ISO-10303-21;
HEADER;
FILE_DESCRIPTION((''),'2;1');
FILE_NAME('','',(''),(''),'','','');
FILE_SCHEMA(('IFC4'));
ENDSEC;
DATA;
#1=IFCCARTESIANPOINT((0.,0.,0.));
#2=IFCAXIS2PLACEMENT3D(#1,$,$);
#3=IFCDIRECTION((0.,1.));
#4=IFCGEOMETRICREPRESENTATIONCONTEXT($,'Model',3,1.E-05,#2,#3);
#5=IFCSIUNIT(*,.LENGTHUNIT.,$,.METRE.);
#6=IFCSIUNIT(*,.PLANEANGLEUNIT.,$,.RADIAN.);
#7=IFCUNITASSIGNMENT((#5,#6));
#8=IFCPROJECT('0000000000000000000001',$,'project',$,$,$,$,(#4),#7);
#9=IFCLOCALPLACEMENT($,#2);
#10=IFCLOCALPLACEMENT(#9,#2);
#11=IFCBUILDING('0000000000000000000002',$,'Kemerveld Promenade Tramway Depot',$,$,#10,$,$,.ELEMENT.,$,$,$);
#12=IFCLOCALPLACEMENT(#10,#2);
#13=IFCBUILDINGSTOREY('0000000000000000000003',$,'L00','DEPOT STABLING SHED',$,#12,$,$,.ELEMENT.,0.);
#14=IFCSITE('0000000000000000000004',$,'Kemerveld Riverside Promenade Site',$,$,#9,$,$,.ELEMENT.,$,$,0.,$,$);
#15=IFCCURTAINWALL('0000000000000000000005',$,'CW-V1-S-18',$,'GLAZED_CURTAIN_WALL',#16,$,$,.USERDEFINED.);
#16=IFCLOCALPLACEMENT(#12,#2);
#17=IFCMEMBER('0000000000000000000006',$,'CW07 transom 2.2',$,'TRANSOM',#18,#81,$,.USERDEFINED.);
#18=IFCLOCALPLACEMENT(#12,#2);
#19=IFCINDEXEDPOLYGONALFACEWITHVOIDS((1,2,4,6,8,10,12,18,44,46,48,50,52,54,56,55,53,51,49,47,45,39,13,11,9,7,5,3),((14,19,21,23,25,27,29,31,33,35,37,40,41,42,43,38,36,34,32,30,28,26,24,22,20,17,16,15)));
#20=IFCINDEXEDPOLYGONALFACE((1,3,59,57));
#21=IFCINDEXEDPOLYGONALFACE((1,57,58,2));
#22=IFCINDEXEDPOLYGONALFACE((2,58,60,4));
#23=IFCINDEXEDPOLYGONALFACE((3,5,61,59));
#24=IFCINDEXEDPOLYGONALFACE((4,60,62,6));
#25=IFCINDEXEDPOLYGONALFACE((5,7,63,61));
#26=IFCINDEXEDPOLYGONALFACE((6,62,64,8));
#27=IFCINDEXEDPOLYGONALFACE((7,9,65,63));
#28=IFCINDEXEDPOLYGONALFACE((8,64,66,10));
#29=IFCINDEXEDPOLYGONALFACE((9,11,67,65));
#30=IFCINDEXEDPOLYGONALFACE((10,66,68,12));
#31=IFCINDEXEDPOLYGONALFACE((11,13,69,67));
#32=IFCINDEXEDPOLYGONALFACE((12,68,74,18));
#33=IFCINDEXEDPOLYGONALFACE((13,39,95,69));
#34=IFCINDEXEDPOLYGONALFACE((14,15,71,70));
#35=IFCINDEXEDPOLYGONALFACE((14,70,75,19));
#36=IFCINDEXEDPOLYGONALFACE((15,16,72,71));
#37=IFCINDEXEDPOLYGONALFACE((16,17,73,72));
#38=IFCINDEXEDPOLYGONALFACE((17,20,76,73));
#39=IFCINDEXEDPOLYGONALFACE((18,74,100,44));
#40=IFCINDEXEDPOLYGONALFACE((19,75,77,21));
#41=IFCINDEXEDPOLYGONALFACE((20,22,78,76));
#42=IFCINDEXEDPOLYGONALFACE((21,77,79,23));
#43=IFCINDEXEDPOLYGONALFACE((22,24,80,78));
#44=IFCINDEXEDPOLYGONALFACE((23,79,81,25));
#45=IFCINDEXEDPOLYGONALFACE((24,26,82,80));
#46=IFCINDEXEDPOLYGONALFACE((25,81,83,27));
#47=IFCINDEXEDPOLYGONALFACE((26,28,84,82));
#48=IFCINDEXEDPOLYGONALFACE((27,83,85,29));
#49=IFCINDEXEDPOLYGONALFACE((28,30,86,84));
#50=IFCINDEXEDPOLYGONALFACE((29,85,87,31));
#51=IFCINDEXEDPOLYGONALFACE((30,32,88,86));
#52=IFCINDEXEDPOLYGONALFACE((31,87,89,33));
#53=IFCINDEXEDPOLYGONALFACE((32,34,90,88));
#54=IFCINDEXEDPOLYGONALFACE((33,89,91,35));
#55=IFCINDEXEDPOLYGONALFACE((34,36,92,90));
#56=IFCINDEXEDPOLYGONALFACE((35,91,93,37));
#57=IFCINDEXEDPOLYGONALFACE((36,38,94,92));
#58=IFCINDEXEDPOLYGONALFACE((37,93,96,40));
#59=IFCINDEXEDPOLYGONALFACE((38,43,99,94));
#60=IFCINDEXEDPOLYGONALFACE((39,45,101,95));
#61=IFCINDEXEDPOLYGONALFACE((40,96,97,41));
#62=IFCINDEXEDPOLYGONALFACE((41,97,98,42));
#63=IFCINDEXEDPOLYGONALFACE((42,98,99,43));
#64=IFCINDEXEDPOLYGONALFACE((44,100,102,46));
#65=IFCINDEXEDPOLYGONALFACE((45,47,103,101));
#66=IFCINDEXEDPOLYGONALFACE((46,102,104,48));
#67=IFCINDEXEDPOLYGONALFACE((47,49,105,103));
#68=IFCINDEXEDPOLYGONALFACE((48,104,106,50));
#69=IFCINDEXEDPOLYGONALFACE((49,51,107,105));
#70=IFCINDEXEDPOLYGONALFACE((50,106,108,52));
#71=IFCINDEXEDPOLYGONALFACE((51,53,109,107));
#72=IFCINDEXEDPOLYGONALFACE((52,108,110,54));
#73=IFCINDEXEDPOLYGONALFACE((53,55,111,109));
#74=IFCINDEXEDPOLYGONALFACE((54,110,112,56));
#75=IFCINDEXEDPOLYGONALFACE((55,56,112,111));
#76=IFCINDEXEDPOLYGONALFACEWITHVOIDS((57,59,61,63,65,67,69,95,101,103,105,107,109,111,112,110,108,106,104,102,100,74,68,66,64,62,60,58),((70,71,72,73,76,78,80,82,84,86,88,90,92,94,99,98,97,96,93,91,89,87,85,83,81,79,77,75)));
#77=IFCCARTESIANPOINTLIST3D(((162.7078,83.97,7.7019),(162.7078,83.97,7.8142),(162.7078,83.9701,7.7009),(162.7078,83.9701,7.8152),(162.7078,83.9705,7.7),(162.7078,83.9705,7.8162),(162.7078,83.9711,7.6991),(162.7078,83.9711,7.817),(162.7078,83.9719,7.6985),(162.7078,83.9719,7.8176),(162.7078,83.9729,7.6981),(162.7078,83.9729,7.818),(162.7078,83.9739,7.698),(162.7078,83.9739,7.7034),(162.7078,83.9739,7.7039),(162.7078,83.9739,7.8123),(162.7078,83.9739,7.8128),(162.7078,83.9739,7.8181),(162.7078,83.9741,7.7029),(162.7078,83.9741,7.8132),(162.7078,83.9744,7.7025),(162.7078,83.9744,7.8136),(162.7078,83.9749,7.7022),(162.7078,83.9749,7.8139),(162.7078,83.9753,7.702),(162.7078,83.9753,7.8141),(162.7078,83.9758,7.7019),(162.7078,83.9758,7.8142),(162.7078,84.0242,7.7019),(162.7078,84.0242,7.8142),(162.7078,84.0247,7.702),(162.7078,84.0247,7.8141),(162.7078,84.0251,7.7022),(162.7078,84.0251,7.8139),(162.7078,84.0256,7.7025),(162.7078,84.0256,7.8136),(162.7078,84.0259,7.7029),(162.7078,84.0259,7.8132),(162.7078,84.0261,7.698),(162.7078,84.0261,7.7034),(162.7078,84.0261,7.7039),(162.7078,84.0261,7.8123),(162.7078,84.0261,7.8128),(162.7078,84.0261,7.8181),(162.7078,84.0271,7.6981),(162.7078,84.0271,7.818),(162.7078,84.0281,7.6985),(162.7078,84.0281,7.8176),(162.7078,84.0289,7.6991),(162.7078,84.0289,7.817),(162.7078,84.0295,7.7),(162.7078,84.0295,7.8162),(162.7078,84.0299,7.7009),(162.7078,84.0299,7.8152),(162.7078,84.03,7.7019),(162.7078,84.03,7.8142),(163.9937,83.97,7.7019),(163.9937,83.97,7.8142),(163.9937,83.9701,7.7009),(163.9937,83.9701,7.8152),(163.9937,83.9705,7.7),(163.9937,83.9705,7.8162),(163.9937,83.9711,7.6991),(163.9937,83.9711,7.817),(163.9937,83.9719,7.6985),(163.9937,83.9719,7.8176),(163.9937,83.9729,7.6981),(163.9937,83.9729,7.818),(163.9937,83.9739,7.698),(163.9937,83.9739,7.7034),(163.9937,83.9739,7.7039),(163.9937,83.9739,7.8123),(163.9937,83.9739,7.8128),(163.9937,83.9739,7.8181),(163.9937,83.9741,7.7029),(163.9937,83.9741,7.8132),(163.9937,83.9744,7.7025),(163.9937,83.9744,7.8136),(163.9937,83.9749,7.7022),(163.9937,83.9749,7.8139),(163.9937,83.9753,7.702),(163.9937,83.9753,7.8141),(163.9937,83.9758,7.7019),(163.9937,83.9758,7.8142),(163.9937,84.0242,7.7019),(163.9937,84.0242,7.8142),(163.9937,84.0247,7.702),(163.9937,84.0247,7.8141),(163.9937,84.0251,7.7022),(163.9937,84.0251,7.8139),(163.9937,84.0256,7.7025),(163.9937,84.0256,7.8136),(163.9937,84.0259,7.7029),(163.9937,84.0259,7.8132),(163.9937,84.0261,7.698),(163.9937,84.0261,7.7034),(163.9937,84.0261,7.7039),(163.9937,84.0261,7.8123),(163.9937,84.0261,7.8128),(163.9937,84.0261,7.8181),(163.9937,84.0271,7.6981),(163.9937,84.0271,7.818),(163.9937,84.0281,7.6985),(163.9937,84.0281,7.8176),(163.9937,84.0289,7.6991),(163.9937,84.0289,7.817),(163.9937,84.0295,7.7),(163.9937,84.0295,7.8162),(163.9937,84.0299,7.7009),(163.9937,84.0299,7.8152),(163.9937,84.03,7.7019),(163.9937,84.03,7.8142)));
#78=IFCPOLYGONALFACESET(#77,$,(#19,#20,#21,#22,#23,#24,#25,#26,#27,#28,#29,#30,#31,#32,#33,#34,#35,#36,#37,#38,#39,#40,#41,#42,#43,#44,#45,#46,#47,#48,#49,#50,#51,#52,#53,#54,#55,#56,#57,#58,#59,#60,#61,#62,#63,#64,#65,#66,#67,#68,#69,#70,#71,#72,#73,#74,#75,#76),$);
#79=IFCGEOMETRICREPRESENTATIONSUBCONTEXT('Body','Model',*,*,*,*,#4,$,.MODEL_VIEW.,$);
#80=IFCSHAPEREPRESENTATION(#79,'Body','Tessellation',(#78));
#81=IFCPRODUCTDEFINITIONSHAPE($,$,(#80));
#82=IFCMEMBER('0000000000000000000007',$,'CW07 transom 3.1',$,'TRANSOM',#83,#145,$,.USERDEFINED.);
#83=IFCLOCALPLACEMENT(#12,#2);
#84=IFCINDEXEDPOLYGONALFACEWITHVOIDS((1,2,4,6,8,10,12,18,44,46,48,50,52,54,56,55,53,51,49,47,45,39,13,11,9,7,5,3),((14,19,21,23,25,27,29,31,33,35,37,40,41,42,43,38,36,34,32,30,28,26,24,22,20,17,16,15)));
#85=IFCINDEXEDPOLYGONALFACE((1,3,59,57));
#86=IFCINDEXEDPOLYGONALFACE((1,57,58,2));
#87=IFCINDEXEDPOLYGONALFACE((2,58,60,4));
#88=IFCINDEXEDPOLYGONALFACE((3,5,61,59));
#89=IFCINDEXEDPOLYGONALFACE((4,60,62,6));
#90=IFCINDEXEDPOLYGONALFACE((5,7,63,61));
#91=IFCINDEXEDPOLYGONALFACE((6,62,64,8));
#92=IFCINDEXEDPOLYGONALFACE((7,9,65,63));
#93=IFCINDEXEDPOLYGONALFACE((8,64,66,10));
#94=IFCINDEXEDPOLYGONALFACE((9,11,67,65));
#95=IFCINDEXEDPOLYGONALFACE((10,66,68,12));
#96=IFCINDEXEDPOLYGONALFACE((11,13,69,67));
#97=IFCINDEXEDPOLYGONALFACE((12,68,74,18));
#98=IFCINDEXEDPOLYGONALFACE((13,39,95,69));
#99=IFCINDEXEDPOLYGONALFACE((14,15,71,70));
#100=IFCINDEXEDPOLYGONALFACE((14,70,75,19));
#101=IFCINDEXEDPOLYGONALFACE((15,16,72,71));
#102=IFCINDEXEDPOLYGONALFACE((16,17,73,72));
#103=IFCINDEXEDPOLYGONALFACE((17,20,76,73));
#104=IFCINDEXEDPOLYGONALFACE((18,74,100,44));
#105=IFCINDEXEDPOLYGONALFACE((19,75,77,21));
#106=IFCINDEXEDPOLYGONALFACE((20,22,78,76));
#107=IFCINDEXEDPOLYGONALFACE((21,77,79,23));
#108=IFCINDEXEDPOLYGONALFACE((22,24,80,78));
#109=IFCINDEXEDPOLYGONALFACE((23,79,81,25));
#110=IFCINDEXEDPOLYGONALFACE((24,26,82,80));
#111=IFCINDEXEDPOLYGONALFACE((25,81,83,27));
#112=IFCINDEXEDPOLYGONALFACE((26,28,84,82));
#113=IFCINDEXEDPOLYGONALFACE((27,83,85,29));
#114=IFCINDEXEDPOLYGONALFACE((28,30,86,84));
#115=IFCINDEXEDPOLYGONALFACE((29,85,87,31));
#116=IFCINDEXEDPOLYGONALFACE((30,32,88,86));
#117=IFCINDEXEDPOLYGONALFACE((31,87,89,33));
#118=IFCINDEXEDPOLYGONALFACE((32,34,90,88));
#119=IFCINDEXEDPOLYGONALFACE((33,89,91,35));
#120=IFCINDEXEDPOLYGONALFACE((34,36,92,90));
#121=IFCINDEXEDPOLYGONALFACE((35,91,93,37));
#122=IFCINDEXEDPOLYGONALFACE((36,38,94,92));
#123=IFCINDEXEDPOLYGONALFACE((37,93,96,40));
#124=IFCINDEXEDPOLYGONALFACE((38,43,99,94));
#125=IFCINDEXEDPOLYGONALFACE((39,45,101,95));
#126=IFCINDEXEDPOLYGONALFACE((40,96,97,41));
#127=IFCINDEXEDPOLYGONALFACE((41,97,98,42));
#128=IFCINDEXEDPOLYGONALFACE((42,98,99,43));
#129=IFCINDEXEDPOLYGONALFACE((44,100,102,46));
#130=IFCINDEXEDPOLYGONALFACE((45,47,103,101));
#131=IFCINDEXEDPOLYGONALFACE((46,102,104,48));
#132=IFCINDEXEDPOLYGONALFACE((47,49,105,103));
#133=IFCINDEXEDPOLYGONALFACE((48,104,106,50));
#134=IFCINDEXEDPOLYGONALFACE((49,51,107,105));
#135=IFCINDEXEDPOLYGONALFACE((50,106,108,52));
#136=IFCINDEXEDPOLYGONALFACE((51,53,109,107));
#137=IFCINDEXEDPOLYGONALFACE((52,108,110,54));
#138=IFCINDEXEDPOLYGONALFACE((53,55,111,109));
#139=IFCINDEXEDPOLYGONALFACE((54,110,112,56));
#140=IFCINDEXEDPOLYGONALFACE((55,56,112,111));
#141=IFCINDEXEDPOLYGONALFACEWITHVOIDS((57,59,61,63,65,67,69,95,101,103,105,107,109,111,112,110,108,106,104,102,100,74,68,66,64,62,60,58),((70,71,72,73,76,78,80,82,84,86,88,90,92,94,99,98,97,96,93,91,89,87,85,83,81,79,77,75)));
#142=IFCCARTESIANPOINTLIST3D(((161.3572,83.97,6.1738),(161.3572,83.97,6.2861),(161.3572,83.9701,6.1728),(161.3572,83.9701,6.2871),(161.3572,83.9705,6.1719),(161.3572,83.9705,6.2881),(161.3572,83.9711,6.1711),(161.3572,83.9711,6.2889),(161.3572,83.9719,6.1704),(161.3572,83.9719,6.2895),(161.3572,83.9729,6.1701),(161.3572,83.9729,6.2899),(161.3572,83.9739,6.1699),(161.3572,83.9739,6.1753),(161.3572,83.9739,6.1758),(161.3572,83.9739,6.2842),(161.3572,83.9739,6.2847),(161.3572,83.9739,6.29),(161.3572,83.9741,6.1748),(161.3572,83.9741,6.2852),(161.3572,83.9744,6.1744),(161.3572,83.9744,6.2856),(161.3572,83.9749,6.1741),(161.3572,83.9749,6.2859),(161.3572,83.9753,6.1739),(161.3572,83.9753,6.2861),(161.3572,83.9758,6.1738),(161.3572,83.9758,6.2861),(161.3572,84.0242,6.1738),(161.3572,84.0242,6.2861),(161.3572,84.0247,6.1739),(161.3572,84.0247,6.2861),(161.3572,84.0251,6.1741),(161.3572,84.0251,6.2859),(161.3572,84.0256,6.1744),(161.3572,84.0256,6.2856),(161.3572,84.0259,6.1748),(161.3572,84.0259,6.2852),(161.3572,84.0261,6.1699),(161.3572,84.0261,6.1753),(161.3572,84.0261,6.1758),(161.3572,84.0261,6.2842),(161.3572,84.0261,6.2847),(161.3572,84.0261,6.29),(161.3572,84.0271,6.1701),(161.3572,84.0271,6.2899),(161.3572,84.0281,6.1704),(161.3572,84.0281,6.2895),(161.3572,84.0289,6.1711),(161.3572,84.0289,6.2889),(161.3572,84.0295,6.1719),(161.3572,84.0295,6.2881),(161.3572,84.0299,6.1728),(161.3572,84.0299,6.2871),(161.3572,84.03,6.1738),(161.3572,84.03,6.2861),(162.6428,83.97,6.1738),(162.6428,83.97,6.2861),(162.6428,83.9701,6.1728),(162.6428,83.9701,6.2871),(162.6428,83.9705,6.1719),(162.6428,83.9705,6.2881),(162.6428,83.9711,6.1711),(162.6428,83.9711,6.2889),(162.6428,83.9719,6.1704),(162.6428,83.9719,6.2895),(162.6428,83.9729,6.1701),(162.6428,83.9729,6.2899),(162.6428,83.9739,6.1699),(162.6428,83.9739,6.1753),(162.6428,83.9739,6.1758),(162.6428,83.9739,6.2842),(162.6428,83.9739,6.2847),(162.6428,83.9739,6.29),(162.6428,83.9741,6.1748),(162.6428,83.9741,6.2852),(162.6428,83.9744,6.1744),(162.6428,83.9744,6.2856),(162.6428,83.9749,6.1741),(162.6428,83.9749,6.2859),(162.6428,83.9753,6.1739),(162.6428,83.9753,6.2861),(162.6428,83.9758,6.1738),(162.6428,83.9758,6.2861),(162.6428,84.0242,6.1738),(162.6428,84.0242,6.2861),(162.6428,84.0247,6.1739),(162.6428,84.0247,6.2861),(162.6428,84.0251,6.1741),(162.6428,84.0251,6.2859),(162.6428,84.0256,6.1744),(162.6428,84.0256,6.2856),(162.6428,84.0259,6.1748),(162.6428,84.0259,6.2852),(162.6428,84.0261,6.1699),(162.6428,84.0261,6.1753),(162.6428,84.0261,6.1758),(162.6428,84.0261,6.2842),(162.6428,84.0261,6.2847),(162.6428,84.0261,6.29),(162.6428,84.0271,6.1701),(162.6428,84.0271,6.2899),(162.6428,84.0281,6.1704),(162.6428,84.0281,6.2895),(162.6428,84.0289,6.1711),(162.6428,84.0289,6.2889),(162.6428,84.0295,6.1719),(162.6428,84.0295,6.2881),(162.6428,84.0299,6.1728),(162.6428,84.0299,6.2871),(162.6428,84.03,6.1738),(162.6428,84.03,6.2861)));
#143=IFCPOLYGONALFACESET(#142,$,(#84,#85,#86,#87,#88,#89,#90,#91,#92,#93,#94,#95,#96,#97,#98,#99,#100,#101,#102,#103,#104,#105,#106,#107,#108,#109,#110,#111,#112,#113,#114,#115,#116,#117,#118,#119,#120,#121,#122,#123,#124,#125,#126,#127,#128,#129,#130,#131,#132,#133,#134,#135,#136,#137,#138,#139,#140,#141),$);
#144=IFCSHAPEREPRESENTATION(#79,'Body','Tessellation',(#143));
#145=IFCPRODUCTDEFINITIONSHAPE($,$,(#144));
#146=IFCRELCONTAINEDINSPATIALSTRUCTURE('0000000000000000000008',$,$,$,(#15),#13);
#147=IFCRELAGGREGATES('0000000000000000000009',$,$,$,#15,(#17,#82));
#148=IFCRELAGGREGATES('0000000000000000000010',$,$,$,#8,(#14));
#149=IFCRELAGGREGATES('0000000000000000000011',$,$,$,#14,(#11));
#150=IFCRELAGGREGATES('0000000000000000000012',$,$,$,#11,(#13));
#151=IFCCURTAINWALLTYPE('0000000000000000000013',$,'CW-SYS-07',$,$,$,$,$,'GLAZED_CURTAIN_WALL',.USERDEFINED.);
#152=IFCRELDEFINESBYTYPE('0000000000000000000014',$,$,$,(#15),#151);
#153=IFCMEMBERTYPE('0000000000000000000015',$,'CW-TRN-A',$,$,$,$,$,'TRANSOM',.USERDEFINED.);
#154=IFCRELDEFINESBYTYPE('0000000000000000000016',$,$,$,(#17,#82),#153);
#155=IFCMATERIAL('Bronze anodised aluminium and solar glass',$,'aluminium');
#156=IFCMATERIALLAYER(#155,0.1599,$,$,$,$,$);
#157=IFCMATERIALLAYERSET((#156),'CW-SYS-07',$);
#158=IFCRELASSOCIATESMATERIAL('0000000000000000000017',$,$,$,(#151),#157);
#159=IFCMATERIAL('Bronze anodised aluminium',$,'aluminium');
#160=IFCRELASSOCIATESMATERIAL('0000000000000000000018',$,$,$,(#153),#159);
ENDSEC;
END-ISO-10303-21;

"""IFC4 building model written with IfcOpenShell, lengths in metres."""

from ifc_helpers import new_model, si_unit, direction, frame, origin, origin_2d, place, context, subcontext, project, spatial, hollow_rectangle, extrude, material, layer, layer_set, material_profile, profile_set, type_object, element, aggregate, save


model = new_model("IFC4")

# Units and contexts
model_context = context("Model", 3, precision=1e-05, world=origin(), true_north=direction((0.0, 1.0)))
body_context = subcontext(model_context, "Body", "Model", "MODEL_VIEW")
ifc_project = project(units=[si_unit("LENGTHUNIT", "METRE"), si_unit("PLANEANGLEUNIT", "RADIAN")], contexts=[model_context])

# Site, building, storey
site_placement = place(None, origin())
site = spatial("IfcSite", under=ifc_project, at=site_placement, Name="Kemerveld Riverside Promenade Site", CompositionType="ELEMENT", RefElevation=0.0)
building_placement = place(site_placement, origin())
building = spatial("IfcBuilding", under=site, at=building_placement, Name="Kemerveld Promenade Tramway Depot", CompositionType="ELEMENT")
storey_placement = place(building_placement, origin())
storey = spatial("IfcBuildingStorey", under=building, at=storey_placement, Name="L00", Description="DEPOT STABLING SHED", CompositionType="ELEMENT", Elevation=0.0)

# Curtain wall
ifc_material_1 = material(Name="Bronze anodised aluminium and solar glass", Category="aluminium")
ifc_layer_1 = layer(ifc_material_1, 0.1599)
ifc_layer_set_1 = layer_set([ifc_layer_1], Name="CW-SYS-07")
curtain_wall_type_1 = type_object("IfcCurtainWallType", Name="CW-SYS-07", ElementType="GLAZED_CURTAIN_WALL", PredefinedType="USERDEFINED", material=ifc_layer_set_1)
curtain_wall_1_placement = place(storey_placement, origin())
curtain_wall_1 = element("IfcCurtainWall", 1, at=curtain_wall_1_placement, inside=storey, type_object=curtain_wall_type_1, Name="CW-V1-S-18", ObjectType="GLAZED_CURTAIN_WALL", PredefinedType="USERDEFINED")
ifc_material_2 = material(Name="Bronze anodised aluminium", Category="aluminium")

# Members
ifc_material_profile_1 = material_profile(ifc_material_2, hollow_rectangle(XDim=0.0601, YDim=0.1201, WallThickness=0.0039, InnerFilletRadius=0.002, OuterFilletRadius=0.0039, at=origin_2d()), Name="CW-TRN-120x60")
ifc_profile_set_1 = profile_set([ifc_material_profile_1], Name="Bronze anodised aluminium")
member_type_1 = type_object("IfcMemberType", Name="CW-TRN-A", ElementType="TRANSOM", PredefinedType="USERDEFINED", material=ifc_profile_set_1)
member_1_placement = place(storey_placement, frame((163.9937, 84.0, 7.7581), z_axis=(-1.0, 0.0, 0.0), x_axis=(0.0, -1.0, 0.0)))
member_1 = element("IfcMember", 2, at=member_1_placement, type_object=member_type_1, Name="CW07 transom 2.2", ObjectType="TRANSOM", PredefinedType="USERDEFINED", context=body_context, shape_type="SweptSolid", body=[
    extrude(hollow_rectangle(XDim=0.0601, YDim=0.1201, WallThickness=0.0039, InnerFilletRadius=0.002, OuterFilletRadius=0.0039, at=origin_2d()), origin(), (0.0, 0.0, 1.0), 1.2859),
])
member_2_placement = place(storey_placement, frame((162.6428, 84.0, 6.23), z_axis=(-1.0, 0.0, 0.0), x_axis=(0.0, -1.0, 0.0)))
member_2 = element("IfcMember", 3, at=member_2_placement, type_object=member_type_1, Name="CW07 transom 3.1", ObjectType="TRANSOM", PredefinedType="USERDEFINED", context=body_context, shape_type="SweptSolid", body=[
    extrude(hollow_rectangle(XDim=0.0601, YDim=0.1201, WallThickness=0.0039, InnerFilletRadius=0.002, OuterFilletRadius=0.0039, at=origin_2d()), origin(), (0.0, 0.0, 1.0), 1.2856),
])

aggregate(curtain_wall_1, [member_1, member_2])

save(model, "model.ifc")
